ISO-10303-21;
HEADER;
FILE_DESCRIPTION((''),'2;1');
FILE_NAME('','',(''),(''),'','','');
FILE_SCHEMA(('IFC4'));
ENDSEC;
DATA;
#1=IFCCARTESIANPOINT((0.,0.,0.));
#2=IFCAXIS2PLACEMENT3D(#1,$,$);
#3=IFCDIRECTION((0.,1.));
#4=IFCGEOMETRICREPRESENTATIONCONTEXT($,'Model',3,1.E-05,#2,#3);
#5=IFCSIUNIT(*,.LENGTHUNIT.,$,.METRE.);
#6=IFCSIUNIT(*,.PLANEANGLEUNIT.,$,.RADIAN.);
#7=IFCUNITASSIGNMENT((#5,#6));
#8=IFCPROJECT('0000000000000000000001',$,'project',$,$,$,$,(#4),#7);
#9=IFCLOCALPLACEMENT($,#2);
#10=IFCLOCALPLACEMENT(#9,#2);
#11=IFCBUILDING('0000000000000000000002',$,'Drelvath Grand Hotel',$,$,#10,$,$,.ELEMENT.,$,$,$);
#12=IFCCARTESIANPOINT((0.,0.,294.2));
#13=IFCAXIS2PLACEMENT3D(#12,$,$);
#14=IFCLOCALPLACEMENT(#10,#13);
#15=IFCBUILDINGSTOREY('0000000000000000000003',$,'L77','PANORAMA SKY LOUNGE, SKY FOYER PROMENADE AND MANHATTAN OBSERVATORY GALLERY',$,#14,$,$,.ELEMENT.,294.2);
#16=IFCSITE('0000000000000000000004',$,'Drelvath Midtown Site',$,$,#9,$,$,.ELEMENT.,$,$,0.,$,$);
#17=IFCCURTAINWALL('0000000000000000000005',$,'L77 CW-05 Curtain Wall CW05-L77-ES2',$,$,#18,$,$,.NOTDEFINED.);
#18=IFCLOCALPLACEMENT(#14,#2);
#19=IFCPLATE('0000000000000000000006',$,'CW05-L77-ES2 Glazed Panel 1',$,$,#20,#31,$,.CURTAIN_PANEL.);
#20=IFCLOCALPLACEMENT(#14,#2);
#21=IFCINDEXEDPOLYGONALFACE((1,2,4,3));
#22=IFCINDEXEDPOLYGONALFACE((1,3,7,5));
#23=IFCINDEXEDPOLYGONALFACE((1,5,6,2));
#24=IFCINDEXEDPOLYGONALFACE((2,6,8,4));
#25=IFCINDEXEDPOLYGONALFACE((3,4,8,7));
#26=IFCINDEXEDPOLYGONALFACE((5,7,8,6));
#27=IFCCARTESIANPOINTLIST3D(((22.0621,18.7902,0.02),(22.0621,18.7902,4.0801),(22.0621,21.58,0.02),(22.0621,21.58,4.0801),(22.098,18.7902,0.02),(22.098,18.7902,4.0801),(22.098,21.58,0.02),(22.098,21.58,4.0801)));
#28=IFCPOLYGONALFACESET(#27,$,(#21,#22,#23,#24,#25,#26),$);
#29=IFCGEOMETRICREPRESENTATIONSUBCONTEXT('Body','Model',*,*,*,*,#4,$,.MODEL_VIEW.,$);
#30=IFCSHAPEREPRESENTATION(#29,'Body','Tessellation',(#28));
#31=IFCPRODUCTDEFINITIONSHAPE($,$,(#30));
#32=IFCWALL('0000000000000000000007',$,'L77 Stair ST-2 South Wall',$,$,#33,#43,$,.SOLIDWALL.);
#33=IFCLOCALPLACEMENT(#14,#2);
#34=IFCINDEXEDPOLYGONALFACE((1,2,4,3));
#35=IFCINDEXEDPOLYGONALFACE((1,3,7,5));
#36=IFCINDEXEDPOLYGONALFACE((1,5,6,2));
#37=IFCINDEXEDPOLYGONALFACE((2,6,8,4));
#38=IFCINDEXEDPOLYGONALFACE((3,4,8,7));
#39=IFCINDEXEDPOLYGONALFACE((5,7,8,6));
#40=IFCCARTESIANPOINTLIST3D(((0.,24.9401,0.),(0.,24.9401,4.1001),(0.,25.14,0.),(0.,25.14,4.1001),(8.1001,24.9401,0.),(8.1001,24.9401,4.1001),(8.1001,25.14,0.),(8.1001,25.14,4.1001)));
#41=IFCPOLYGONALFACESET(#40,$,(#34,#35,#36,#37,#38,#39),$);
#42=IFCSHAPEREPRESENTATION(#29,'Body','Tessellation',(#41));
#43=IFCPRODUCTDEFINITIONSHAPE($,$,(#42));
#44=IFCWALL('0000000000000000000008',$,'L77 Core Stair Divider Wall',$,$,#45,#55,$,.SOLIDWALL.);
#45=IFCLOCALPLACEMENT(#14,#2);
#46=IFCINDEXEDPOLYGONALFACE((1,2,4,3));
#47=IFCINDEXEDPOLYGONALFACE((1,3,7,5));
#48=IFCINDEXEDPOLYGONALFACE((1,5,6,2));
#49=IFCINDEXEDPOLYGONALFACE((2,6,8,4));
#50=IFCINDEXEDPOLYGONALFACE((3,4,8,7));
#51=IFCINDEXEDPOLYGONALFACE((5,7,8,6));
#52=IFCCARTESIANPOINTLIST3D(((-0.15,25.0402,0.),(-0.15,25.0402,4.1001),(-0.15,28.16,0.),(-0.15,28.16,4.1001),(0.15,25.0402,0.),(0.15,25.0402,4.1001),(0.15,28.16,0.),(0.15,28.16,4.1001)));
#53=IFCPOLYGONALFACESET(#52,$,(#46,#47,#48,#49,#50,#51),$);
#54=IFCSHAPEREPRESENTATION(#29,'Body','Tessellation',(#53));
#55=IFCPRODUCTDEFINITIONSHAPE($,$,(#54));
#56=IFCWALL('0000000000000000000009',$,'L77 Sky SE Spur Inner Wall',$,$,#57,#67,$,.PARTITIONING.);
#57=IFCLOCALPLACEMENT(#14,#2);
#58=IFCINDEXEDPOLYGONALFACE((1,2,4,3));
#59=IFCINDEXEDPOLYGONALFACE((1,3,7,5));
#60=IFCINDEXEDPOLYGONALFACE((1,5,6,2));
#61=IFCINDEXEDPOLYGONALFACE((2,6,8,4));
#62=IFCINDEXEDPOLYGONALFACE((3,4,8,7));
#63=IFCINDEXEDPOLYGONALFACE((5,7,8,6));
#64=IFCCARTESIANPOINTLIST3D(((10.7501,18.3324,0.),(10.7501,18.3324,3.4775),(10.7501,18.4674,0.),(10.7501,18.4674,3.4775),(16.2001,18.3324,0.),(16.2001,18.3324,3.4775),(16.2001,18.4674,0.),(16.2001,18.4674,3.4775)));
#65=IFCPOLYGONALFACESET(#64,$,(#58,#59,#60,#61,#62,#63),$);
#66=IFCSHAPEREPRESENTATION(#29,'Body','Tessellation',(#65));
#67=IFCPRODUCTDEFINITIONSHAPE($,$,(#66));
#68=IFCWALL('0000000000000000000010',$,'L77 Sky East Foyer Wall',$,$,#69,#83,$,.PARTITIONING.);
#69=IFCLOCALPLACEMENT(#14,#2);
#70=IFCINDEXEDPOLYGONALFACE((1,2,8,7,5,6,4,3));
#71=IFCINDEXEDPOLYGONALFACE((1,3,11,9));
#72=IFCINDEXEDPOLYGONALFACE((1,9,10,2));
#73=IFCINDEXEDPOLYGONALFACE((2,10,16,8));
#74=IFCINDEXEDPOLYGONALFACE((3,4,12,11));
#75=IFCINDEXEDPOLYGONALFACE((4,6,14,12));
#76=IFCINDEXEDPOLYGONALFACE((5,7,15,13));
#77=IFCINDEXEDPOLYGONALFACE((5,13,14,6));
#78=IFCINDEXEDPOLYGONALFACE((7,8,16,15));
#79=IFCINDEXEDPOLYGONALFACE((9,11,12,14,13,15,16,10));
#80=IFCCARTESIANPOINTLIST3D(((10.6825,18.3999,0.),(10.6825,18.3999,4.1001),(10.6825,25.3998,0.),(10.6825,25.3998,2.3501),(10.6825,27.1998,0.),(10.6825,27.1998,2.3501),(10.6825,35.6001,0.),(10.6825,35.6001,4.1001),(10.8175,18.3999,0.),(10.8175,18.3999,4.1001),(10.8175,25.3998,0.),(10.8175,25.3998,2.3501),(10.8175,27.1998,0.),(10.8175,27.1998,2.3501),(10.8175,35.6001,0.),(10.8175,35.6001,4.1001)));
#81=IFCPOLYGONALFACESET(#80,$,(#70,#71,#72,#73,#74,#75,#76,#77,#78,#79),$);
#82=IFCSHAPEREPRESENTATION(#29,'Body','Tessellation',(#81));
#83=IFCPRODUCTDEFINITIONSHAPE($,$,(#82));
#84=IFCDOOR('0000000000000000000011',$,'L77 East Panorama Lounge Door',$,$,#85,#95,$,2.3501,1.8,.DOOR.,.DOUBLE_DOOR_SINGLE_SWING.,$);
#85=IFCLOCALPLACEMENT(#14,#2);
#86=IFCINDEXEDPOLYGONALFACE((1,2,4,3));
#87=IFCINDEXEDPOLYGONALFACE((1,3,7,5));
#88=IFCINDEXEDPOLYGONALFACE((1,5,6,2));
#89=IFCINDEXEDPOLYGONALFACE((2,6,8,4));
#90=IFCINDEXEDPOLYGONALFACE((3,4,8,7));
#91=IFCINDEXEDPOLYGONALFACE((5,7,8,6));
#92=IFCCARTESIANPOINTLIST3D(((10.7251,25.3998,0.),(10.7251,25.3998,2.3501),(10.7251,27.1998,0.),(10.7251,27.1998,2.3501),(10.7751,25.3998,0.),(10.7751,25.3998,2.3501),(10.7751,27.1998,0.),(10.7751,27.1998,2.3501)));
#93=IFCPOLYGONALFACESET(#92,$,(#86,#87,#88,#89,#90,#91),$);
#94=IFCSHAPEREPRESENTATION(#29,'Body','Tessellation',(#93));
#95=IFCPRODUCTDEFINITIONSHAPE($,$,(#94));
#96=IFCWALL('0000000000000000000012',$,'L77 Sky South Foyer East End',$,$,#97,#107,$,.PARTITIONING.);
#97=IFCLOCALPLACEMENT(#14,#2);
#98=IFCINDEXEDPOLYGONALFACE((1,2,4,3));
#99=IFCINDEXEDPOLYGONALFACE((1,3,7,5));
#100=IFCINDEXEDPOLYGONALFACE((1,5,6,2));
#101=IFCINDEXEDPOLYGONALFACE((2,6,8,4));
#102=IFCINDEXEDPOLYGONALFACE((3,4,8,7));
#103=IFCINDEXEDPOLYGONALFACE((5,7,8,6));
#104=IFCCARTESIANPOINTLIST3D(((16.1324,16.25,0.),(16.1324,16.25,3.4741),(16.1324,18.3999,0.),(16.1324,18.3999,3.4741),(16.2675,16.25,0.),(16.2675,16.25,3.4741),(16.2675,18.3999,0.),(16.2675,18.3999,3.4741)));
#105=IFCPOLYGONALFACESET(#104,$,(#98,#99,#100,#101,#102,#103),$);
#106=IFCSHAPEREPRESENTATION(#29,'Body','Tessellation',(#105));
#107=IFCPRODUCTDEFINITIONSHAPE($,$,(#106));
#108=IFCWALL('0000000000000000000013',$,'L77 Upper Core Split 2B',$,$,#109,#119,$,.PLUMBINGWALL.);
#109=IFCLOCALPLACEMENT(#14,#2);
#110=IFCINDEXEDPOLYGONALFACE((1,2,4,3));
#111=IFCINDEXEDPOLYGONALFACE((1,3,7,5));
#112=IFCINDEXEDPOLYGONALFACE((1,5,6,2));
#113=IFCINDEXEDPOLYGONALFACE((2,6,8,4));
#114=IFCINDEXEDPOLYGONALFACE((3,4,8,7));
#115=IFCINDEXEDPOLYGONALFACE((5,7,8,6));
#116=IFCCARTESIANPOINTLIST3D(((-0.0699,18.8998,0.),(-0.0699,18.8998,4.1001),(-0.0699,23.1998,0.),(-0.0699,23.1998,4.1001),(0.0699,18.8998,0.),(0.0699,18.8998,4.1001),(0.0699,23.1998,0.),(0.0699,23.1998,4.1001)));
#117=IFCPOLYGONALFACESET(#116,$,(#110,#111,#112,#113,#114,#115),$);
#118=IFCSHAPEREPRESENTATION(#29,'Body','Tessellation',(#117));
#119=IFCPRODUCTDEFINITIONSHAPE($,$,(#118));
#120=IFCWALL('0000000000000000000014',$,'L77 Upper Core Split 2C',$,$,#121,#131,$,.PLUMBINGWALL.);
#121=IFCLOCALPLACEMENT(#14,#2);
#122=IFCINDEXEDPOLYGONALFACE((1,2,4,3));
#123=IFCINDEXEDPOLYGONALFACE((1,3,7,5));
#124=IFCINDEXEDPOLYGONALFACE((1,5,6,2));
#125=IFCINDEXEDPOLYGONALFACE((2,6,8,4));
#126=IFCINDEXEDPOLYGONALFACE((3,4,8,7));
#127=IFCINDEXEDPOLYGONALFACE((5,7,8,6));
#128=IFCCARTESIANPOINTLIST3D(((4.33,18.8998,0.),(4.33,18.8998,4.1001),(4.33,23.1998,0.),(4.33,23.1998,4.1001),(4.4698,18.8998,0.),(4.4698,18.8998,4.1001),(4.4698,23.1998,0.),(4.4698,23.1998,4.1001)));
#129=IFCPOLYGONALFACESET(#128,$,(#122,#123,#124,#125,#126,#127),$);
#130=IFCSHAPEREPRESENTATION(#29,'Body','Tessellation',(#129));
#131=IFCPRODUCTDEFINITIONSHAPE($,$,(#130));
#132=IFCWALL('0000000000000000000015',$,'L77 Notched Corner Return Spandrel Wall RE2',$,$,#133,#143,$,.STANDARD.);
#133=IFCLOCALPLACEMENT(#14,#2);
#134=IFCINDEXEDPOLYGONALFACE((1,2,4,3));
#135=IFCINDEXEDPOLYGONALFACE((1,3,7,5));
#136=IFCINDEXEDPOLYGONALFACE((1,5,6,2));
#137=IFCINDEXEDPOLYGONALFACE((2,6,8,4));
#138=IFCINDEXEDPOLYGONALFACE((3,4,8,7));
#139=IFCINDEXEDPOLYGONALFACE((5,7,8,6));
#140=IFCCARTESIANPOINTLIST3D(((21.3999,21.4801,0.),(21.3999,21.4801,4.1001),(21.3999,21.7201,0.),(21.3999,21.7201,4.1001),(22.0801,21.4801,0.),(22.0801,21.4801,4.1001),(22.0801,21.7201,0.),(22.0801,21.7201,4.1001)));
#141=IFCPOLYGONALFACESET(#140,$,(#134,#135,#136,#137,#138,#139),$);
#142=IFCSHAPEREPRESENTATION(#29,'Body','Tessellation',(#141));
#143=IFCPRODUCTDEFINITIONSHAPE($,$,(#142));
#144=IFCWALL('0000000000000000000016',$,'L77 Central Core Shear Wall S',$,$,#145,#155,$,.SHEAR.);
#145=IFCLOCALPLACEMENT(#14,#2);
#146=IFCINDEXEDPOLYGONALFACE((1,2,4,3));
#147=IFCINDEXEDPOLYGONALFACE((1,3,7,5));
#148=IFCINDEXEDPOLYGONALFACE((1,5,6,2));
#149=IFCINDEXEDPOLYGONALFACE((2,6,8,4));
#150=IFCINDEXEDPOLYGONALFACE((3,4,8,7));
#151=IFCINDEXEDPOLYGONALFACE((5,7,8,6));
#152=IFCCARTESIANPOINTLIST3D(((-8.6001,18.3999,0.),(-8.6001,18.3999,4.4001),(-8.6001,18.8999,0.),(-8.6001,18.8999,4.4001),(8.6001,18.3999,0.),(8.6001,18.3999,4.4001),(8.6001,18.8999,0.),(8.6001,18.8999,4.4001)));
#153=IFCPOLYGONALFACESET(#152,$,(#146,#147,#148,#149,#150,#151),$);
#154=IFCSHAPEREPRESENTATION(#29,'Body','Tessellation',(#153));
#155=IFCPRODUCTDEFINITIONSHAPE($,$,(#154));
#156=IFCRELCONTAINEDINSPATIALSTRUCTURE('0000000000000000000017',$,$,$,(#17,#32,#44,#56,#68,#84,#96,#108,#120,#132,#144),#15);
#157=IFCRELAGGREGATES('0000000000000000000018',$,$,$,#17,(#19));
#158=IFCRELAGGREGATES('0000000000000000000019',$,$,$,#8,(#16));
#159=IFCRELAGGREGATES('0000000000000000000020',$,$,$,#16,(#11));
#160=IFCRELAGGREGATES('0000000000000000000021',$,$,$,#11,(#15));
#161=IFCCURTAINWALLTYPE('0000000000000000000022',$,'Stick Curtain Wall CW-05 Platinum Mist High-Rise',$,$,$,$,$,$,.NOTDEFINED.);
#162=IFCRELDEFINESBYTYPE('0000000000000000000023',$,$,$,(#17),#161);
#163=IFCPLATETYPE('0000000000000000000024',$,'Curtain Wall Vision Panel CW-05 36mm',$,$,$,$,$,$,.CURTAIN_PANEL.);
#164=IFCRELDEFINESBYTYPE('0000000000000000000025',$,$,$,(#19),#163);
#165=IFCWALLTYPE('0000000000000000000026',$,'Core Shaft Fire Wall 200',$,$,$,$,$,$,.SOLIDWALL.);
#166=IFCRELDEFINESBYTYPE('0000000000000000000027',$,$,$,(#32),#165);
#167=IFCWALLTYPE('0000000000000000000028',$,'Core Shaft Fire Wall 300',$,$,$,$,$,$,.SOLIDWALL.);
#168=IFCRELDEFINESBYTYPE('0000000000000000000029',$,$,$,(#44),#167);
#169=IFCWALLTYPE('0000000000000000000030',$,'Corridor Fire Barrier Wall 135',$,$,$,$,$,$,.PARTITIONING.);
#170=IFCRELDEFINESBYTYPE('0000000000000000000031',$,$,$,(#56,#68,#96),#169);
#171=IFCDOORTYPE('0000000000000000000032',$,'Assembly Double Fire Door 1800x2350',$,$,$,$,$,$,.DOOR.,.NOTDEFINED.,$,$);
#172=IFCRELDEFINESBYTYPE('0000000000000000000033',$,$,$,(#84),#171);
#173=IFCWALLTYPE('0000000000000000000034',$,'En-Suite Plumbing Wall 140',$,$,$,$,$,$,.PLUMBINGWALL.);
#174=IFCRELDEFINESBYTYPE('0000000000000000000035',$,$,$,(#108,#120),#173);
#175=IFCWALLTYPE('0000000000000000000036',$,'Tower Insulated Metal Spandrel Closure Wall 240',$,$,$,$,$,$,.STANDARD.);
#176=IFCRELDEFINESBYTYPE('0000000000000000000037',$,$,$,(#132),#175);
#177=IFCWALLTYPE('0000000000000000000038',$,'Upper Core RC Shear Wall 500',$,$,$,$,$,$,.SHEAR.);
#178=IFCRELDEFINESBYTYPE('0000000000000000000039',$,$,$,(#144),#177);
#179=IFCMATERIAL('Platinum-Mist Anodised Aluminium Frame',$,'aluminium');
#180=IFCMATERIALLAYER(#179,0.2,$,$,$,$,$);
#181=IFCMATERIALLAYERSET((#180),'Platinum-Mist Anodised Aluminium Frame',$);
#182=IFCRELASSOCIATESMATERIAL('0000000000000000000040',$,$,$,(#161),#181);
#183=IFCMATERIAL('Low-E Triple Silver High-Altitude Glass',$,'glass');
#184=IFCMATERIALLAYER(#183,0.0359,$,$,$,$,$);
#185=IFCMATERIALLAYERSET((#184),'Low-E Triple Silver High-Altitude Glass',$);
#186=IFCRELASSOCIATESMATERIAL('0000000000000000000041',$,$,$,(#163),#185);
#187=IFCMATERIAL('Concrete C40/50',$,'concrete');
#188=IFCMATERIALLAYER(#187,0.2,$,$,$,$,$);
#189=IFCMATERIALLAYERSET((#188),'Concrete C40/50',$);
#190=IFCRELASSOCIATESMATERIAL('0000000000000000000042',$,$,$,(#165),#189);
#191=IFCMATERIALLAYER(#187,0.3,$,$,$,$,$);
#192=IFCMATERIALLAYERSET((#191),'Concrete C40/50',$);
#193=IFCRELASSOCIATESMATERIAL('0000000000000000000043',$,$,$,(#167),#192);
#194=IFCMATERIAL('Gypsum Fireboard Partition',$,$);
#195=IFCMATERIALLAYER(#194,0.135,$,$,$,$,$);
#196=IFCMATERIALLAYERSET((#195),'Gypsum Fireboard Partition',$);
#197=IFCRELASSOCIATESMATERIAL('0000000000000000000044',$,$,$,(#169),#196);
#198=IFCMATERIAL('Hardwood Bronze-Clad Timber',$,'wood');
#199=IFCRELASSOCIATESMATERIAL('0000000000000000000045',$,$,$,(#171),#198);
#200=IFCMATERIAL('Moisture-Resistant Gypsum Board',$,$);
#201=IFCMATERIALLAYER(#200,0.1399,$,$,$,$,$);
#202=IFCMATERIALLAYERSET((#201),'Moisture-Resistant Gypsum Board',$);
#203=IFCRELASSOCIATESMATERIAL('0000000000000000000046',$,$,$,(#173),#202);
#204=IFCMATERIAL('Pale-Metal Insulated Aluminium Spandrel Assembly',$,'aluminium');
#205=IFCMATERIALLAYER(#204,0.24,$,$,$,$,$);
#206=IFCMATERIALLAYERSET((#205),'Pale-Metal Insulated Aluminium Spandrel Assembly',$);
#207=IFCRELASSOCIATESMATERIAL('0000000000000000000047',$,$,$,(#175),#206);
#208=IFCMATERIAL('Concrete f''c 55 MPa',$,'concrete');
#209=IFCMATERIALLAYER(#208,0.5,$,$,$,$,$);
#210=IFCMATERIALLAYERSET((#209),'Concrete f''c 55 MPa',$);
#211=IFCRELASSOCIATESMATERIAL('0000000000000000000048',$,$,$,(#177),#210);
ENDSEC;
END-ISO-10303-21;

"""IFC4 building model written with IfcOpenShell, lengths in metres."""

from ifc_helpers import new_model, si_unit, direction, frame, frame_2d, origin, origin_2d, place, context, subcontext, project, spatial, rectangle, extrude, material, layer, layer_set, type_object, element, fill, aggregate, save


model = new_model("IFC4")

# Units and contexts
model_context = context("Model", 3, precision=1e-05, world=origin(), true_north=direction((0.0, 1.0)))
body_context = subcontext(model_context, "Body", "Model", "MODEL_VIEW")
ifc_project = project(units=[si_unit("LENGTHUNIT", "METRE"), si_unit("PLANEANGLEUNIT", "RADIAN")], contexts=[model_context])

# Site, building, storey
site_placement = place(None, origin())
site = spatial("IfcSite", under=ifc_project, at=site_placement, Name="Drelvath Midtown Site", CompositionType="ELEMENT", RefElevation=0.0)
building_placement = place(site_placement, origin())
building = spatial("IfcBuilding", under=site, at=building_placement, Name="Drelvath Grand Hotel", CompositionType="ELEMENT")
storey_placement = place(building_placement, frame((0.0, 0.0, 294.2)))
storey = spatial("IfcBuildingStorey", under=building, at=storey_placement, Name="L77", Description="PANORAMA SKY LOUNGE, SKY FOYER PROMENADE AND MANHATTAN OBSERVATORY GALLERY", CompositionType="ELEMENT", Elevation=294.2)

# Shared definitions
ifc_material_1 = material(Name="Concrete f'c 55 MPa", Category="concrete")

# Curtain wall
ifc_material_2 = material(Name="Platinum-Mist Anodised Aluminium Frame", Category="aluminium")
ifc_layer_1 = layer(ifc_material_2, 0.2)
ifc_layer_set_1 = layer_set([ifc_layer_1], Name="Platinum-Mist Anodised Aluminium Frame")
curtain_wall_type = type_object("IfcCurtainWallType", Name="Stick Curtain Wall CW-05 Platinum Mist High-Rise", PredefinedType="NOTDEFINED", material=ifc_layer_set_1)
curtain_wall_1_placement = place(storey_placement, origin())
curtain_wall_1 = element("IfcCurtainWall", 1, at=curtain_wall_1_placement, inside=storey, type_object=curtain_wall_type, Name="L77 CW-05 Curtain Wall CW05-L77-ES2", PredefinedType="NOTDEFINED")

# Plate
ifc_material_3 = material(Name="Low-E Triple Silver High-Altitude Glass", Category="glass")
ifc_layer_2 = layer(ifc_material_3, 0.0359)
ifc_layer_set_2 = layer_set([ifc_layer_2], Name="Low-E Triple Silver High-Altitude Glass")
plate_type = type_object("IfcPlateType", Name="Curtain Wall Vision Panel CW-05 36mm", PredefinedType="CURTAIN_PANEL", material=ifc_layer_set_2)
plate_1_placement = place(storey_placement, frame((22.0801, 20.1851, 0.02), z_axis=(0.0, 0.0, 1.0), x_axis=(0.0, -1.0, 0.0)))
plate_1 = element("IfcPlate", 2, at=plate_1_placement, type_object=plate_type, Name="CW05-L77-ES2 Glazed Panel 1", PredefinedType="CURTAIN_PANEL", context=body_context, shape_type="SweptSolid", body=[
    extrude(rectangle(XDim=2.7898, YDim=0.0359, at=origin_2d()), origin(), (0.0, 0.0, 1.0), 4.0601),
])
aggregate(curtain_wall_1, [plate_1])

# Walls
ifc_material_4 = material(Name="Concrete C40/50", Category="concrete")
ifc_layer_3 = layer(ifc_material_4, 0.2)
ifc_layer_set_3 = layer_set([ifc_layer_3], Name="Concrete C40/50")
wall_type_1 = type_object("IfcWallType", Name="Core Shaft Fire Wall 200", PredefinedType="SOLIDWALL", material=ifc_layer_set_3)
wall_1_placement = place(storey_placement, frame((0.0, 25.04, 0.0), z_axis=(0.0, 0.0, 1.0), x_axis=(1.0, 0.0, 0.0)))
element("IfcWall", 3, at=wall_1_placement, inside=storey, type_object=wall_type_1, Name="L77 Stair ST-2 South Wall", PredefinedType="SOLIDWALL", context=body_context, shape_type="SweptSolid", body=[
    extrude(rectangle(XDim=8.1001, YDim=0.2, at=frame_2d((4.05, 0.0))), origin(), (0.0, 0.0, 1.0), 4.1001),
])
ifc_layer_4 = layer(ifc_material_4, 0.3)
ifc_layer_set_4 = layer_set([ifc_layer_4], Name="Concrete C40/50")
wall_type_2 = type_object("IfcWallType", Name="Core Shaft Fire Wall 300", PredefinedType="SOLIDWALL", material=ifc_layer_set_4)
wall_2_placement = place(storey_placement, frame((0.0, 25.04, 0.0), z_axis=(0.0, 0.0, 1.0), x_axis=(0.0, 1.0, 0.0)))
element("IfcWall", 4, at=wall_2_placement, inside=storey, type_object=wall_type_2, Name="L77 Core Stair Divider Wall", PredefinedType="SOLIDWALL", context=body_context, shape_type="SweptSolid", body=[
    extrude(rectangle(XDim=3.1199, YDim=0.3, at=frame_2d((1.5601, 0.0))), origin(), (0.0, 0.0, 1.0), 4.1001),
])
ifc_material_5 = material(Name="Gypsum Fireboard Partition")
ifc_layer_5 = layer(ifc_material_5, 0.135)
ifc_layer_set_5 = layer_set([ifc_layer_5], Name="Gypsum Fireboard Partition")
wall_type_3 = type_object("IfcWallType", Name="Corridor Fire Barrier Wall 135", PredefinedType="PARTITIONING", material=ifc_layer_set_5)
wall_3_placement = place(storey_placement, frame((10.75, 18.3999, 0.0), z_axis=(0.0, 0.0, 1.0), x_axis=(1.0, 0.0, 0.0)))
element("IfcWall", 5, at=wall_3_placement, inside=storey, type_object=wall_type_3, Name="L77 Sky SE Spur Inner Wall", PredefinedType="PARTITIONING", context=body_context, shape_type="SweptSolid", body=[
    extrude(rectangle(XDim=5.45, YDim=0.135, at=frame_2d((2.7251, 0.0))), origin(), (0.0, 0.0, 1.0), 3.4775),
])

# Wall, opening, door
wall_4_placement = place(storey_placement, frame((10.75, 18.3999, 0.0), z_axis=(0.0, 0.0, 1.0), x_axis=(0.0, 1.0, 0.0)))
wall_4 = element("IfcWall", 6, at=wall_4_placement, inside=storey, type_object=wall_type_3, Name="L77 Sky East Foyer Wall", PredefinedType="PARTITIONING", context=body_context, shape_type="SweptSolid", body=[
    extrude(rectangle(XDim=17.2002, YDim=0.135, at=frame_2d((8.6001, 0.0))), origin(), (0.0, 0.0, 1.0), 4.1001),
])
opening_placement = place(wall_4_placement, frame((7.0, 0.0, 0.0)))
opening = element("IfcOpeningElement", 7, at=opening_placement, cuts=wall_4, PredefinedType="OPENING", context=body_context, shape_type="SweptSolid", body=[
    extrude(rectangle(XDim=1.8, YDim=2.3501, at=frame_2d((0.8999, 1.175))), frame((0.0, 0.0774, 0.0), z_axis=(0.0, -1.0, 0.0), x_axis=(1.0, 0.0, 0.0)), (0.0, 0.0, 1.0), 0.155),
])
ifc_material_6 = material(Name="Hardwood Bronze-Clad Timber", Category="wood")
door_type = type_object("IfcDoorType", Name="Assembly Double Fire Door 1800x2350", OperationType="NOTDEFINED", PredefinedType="DOOR", material=ifc_material_6)
door_placement = place(opening_placement, origin())
door = element("IfcDoor", 8, at=door_placement, inside=storey, type_object=door_type, Name="L77 East Panorama Lounge Door", OperationType="DOUBLE_DOOR_SINGLE_SWING", OverallHeight=2.3501, OverallWidth=1.8, PredefinedType="DOOR", context=body_context, shape_type="SweptSolid", body=[
    extrude(rectangle(XDim=1.8, YDim=2.3501, at=frame_2d((0.8999, 1.175))), frame((0.0, 0.0249, 0.0), z_axis=(0.0, -1.0, 0.0), x_axis=(1.0, 0.0, 0.0)), (0.0, 0.0, 1.0), 0.05),
])
fill(opening, door)

# Walls
wall_5_placement = place(storey_placement, frame((16.2, 16.25, 0.0), z_axis=(0.0, 0.0, 1.0), x_axis=(0.0, 1.0, 0.0)))
element("IfcWall", 9, at=wall_5_placement, inside=storey, type_object=wall_type_3, Name="L77 Sky South Foyer East End", PredefinedType="PARTITIONING", context=body_context, shape_type="SweptSolid", body=[
    extrude(rectangle(XDim=2.1499, YDim=0.135, at=frame_2d((1.075, 0.0))), origin(), (0.0, 0.0, 1.0), 3.4741),
])
ifc_material_7 = material(Name="Moisture-Resistant Gypsum Board")
ifc_layer_6 = layer(ifc_material_7, 0.1399)
ifc_layer_set_6 = layer_set([ifc_layer_6], Name="Moisture-Resistant Gypsum Board")
wall_type_4 = type_object("IfcWallType", Name="En-Suite Plumbing Wall 140", PredefinedType="PLUMBINGWALL", material=ifc_layer_set_6)
for number, where, z_axis, x_axis, name in (
    (10, (0.0, 18.8999, 0.0), (0.0, 0.0, 1.0), (0.0, 1.0, 0.0), "L77 Upper Core Split 2B"),
    (11, (4.3999, 18.8999, 0.0), (0.0, 0.0, 1.0), (0.0, 1.0, 0.0), "L77 Upper Core Split 2C"),
):
    element("IfcWall", number, at=place(storey_placement, frame(where, z_axis=z_axis, x_axis=x_axis)), inside=storey, type_object=wall_type_4, Name=name, PredefinedType="PLUMBINGWALL", context=body_context, shape_type="SweptSolid", body=[
        extrude(rectangle(XDim=4.3, YDim=0.1399, at=frame_2d((2.1499, 0.0))), origin(), (0.0, 0.0, 1.0), 4.1001),
    ])
ifc_material_8 = material(Name="Pale-Metal Insulated Aluminium Spandrel Assembly", Category="aluminium")
ifc_layer_7 = layer(ifc_material_8, 0.24)
ifc_layer_set_7 = layer_set([ifc_layer_7], Name="Pale-Metal Insulated Aluminium Spandrel Assembly")
wall_type_5 = type_object("IfcWallType", Name="Tower Insulated Metal Spandrel Closure Wall 240", PredefinedType="STANDARD", material=ifc_layer_set_7)
wall_6_placement = place(storey_placement, frame((21.3999, 21.6001, 0.0), z_axis=(0.0, 0.0, 1.0), x_axis=(1.0, 0.0, 0.0)))
element("IfcWall", 12, at=wall_6_placement, inside=storey, type_object=wall_type_5, Name="L77 Notched Corner Return Spandrel Wall RE2", PredefinedType="STANDARD", context=body_context, shape_type="SweptSolid", body=[
    extrude(rectangle(XDim=0.6802, YDim=0.24, at=frame_2d((0.3401, 0.0))), origin(), (0.0, 0.0, 1.0), 4.1001),
])
ifc_layer_8 = layer(ifc_material_1, 0.5)
ifc_layer_set_8 = layer_set([ifc_layer_8], Name="Concrete f'c 55 MPa")
wall_type_6 = type_object("IfcWallType", Name="Upper Core RC Shear Wall 500", PredefinedType="SHEAR", material=ifc_layer_set_8)
wall_7_placement = place(storey_placement, frame((8.6001, 18.6499, 0.0), z_axis=(0.0, 0.0, 1.0), x_axis=(-1.0, 0.0, 0.0)))
element("IfcWall", 13, at=wall_7_placement, inside=storey, type_object=wall_type_6, Name="L77 Central Core Shear Wall S", PredefinedType="SHEAR", context=body_context, shape_type="SweptSolid", body=[
    extrude(rectangle(XDim=17.2002, YDim=0.5, at=frame_2d((8.6001, 0.0))), origin(), (0.0, 0.0, 1.0), 4.4001),
])

save(model, "model.ifc")
